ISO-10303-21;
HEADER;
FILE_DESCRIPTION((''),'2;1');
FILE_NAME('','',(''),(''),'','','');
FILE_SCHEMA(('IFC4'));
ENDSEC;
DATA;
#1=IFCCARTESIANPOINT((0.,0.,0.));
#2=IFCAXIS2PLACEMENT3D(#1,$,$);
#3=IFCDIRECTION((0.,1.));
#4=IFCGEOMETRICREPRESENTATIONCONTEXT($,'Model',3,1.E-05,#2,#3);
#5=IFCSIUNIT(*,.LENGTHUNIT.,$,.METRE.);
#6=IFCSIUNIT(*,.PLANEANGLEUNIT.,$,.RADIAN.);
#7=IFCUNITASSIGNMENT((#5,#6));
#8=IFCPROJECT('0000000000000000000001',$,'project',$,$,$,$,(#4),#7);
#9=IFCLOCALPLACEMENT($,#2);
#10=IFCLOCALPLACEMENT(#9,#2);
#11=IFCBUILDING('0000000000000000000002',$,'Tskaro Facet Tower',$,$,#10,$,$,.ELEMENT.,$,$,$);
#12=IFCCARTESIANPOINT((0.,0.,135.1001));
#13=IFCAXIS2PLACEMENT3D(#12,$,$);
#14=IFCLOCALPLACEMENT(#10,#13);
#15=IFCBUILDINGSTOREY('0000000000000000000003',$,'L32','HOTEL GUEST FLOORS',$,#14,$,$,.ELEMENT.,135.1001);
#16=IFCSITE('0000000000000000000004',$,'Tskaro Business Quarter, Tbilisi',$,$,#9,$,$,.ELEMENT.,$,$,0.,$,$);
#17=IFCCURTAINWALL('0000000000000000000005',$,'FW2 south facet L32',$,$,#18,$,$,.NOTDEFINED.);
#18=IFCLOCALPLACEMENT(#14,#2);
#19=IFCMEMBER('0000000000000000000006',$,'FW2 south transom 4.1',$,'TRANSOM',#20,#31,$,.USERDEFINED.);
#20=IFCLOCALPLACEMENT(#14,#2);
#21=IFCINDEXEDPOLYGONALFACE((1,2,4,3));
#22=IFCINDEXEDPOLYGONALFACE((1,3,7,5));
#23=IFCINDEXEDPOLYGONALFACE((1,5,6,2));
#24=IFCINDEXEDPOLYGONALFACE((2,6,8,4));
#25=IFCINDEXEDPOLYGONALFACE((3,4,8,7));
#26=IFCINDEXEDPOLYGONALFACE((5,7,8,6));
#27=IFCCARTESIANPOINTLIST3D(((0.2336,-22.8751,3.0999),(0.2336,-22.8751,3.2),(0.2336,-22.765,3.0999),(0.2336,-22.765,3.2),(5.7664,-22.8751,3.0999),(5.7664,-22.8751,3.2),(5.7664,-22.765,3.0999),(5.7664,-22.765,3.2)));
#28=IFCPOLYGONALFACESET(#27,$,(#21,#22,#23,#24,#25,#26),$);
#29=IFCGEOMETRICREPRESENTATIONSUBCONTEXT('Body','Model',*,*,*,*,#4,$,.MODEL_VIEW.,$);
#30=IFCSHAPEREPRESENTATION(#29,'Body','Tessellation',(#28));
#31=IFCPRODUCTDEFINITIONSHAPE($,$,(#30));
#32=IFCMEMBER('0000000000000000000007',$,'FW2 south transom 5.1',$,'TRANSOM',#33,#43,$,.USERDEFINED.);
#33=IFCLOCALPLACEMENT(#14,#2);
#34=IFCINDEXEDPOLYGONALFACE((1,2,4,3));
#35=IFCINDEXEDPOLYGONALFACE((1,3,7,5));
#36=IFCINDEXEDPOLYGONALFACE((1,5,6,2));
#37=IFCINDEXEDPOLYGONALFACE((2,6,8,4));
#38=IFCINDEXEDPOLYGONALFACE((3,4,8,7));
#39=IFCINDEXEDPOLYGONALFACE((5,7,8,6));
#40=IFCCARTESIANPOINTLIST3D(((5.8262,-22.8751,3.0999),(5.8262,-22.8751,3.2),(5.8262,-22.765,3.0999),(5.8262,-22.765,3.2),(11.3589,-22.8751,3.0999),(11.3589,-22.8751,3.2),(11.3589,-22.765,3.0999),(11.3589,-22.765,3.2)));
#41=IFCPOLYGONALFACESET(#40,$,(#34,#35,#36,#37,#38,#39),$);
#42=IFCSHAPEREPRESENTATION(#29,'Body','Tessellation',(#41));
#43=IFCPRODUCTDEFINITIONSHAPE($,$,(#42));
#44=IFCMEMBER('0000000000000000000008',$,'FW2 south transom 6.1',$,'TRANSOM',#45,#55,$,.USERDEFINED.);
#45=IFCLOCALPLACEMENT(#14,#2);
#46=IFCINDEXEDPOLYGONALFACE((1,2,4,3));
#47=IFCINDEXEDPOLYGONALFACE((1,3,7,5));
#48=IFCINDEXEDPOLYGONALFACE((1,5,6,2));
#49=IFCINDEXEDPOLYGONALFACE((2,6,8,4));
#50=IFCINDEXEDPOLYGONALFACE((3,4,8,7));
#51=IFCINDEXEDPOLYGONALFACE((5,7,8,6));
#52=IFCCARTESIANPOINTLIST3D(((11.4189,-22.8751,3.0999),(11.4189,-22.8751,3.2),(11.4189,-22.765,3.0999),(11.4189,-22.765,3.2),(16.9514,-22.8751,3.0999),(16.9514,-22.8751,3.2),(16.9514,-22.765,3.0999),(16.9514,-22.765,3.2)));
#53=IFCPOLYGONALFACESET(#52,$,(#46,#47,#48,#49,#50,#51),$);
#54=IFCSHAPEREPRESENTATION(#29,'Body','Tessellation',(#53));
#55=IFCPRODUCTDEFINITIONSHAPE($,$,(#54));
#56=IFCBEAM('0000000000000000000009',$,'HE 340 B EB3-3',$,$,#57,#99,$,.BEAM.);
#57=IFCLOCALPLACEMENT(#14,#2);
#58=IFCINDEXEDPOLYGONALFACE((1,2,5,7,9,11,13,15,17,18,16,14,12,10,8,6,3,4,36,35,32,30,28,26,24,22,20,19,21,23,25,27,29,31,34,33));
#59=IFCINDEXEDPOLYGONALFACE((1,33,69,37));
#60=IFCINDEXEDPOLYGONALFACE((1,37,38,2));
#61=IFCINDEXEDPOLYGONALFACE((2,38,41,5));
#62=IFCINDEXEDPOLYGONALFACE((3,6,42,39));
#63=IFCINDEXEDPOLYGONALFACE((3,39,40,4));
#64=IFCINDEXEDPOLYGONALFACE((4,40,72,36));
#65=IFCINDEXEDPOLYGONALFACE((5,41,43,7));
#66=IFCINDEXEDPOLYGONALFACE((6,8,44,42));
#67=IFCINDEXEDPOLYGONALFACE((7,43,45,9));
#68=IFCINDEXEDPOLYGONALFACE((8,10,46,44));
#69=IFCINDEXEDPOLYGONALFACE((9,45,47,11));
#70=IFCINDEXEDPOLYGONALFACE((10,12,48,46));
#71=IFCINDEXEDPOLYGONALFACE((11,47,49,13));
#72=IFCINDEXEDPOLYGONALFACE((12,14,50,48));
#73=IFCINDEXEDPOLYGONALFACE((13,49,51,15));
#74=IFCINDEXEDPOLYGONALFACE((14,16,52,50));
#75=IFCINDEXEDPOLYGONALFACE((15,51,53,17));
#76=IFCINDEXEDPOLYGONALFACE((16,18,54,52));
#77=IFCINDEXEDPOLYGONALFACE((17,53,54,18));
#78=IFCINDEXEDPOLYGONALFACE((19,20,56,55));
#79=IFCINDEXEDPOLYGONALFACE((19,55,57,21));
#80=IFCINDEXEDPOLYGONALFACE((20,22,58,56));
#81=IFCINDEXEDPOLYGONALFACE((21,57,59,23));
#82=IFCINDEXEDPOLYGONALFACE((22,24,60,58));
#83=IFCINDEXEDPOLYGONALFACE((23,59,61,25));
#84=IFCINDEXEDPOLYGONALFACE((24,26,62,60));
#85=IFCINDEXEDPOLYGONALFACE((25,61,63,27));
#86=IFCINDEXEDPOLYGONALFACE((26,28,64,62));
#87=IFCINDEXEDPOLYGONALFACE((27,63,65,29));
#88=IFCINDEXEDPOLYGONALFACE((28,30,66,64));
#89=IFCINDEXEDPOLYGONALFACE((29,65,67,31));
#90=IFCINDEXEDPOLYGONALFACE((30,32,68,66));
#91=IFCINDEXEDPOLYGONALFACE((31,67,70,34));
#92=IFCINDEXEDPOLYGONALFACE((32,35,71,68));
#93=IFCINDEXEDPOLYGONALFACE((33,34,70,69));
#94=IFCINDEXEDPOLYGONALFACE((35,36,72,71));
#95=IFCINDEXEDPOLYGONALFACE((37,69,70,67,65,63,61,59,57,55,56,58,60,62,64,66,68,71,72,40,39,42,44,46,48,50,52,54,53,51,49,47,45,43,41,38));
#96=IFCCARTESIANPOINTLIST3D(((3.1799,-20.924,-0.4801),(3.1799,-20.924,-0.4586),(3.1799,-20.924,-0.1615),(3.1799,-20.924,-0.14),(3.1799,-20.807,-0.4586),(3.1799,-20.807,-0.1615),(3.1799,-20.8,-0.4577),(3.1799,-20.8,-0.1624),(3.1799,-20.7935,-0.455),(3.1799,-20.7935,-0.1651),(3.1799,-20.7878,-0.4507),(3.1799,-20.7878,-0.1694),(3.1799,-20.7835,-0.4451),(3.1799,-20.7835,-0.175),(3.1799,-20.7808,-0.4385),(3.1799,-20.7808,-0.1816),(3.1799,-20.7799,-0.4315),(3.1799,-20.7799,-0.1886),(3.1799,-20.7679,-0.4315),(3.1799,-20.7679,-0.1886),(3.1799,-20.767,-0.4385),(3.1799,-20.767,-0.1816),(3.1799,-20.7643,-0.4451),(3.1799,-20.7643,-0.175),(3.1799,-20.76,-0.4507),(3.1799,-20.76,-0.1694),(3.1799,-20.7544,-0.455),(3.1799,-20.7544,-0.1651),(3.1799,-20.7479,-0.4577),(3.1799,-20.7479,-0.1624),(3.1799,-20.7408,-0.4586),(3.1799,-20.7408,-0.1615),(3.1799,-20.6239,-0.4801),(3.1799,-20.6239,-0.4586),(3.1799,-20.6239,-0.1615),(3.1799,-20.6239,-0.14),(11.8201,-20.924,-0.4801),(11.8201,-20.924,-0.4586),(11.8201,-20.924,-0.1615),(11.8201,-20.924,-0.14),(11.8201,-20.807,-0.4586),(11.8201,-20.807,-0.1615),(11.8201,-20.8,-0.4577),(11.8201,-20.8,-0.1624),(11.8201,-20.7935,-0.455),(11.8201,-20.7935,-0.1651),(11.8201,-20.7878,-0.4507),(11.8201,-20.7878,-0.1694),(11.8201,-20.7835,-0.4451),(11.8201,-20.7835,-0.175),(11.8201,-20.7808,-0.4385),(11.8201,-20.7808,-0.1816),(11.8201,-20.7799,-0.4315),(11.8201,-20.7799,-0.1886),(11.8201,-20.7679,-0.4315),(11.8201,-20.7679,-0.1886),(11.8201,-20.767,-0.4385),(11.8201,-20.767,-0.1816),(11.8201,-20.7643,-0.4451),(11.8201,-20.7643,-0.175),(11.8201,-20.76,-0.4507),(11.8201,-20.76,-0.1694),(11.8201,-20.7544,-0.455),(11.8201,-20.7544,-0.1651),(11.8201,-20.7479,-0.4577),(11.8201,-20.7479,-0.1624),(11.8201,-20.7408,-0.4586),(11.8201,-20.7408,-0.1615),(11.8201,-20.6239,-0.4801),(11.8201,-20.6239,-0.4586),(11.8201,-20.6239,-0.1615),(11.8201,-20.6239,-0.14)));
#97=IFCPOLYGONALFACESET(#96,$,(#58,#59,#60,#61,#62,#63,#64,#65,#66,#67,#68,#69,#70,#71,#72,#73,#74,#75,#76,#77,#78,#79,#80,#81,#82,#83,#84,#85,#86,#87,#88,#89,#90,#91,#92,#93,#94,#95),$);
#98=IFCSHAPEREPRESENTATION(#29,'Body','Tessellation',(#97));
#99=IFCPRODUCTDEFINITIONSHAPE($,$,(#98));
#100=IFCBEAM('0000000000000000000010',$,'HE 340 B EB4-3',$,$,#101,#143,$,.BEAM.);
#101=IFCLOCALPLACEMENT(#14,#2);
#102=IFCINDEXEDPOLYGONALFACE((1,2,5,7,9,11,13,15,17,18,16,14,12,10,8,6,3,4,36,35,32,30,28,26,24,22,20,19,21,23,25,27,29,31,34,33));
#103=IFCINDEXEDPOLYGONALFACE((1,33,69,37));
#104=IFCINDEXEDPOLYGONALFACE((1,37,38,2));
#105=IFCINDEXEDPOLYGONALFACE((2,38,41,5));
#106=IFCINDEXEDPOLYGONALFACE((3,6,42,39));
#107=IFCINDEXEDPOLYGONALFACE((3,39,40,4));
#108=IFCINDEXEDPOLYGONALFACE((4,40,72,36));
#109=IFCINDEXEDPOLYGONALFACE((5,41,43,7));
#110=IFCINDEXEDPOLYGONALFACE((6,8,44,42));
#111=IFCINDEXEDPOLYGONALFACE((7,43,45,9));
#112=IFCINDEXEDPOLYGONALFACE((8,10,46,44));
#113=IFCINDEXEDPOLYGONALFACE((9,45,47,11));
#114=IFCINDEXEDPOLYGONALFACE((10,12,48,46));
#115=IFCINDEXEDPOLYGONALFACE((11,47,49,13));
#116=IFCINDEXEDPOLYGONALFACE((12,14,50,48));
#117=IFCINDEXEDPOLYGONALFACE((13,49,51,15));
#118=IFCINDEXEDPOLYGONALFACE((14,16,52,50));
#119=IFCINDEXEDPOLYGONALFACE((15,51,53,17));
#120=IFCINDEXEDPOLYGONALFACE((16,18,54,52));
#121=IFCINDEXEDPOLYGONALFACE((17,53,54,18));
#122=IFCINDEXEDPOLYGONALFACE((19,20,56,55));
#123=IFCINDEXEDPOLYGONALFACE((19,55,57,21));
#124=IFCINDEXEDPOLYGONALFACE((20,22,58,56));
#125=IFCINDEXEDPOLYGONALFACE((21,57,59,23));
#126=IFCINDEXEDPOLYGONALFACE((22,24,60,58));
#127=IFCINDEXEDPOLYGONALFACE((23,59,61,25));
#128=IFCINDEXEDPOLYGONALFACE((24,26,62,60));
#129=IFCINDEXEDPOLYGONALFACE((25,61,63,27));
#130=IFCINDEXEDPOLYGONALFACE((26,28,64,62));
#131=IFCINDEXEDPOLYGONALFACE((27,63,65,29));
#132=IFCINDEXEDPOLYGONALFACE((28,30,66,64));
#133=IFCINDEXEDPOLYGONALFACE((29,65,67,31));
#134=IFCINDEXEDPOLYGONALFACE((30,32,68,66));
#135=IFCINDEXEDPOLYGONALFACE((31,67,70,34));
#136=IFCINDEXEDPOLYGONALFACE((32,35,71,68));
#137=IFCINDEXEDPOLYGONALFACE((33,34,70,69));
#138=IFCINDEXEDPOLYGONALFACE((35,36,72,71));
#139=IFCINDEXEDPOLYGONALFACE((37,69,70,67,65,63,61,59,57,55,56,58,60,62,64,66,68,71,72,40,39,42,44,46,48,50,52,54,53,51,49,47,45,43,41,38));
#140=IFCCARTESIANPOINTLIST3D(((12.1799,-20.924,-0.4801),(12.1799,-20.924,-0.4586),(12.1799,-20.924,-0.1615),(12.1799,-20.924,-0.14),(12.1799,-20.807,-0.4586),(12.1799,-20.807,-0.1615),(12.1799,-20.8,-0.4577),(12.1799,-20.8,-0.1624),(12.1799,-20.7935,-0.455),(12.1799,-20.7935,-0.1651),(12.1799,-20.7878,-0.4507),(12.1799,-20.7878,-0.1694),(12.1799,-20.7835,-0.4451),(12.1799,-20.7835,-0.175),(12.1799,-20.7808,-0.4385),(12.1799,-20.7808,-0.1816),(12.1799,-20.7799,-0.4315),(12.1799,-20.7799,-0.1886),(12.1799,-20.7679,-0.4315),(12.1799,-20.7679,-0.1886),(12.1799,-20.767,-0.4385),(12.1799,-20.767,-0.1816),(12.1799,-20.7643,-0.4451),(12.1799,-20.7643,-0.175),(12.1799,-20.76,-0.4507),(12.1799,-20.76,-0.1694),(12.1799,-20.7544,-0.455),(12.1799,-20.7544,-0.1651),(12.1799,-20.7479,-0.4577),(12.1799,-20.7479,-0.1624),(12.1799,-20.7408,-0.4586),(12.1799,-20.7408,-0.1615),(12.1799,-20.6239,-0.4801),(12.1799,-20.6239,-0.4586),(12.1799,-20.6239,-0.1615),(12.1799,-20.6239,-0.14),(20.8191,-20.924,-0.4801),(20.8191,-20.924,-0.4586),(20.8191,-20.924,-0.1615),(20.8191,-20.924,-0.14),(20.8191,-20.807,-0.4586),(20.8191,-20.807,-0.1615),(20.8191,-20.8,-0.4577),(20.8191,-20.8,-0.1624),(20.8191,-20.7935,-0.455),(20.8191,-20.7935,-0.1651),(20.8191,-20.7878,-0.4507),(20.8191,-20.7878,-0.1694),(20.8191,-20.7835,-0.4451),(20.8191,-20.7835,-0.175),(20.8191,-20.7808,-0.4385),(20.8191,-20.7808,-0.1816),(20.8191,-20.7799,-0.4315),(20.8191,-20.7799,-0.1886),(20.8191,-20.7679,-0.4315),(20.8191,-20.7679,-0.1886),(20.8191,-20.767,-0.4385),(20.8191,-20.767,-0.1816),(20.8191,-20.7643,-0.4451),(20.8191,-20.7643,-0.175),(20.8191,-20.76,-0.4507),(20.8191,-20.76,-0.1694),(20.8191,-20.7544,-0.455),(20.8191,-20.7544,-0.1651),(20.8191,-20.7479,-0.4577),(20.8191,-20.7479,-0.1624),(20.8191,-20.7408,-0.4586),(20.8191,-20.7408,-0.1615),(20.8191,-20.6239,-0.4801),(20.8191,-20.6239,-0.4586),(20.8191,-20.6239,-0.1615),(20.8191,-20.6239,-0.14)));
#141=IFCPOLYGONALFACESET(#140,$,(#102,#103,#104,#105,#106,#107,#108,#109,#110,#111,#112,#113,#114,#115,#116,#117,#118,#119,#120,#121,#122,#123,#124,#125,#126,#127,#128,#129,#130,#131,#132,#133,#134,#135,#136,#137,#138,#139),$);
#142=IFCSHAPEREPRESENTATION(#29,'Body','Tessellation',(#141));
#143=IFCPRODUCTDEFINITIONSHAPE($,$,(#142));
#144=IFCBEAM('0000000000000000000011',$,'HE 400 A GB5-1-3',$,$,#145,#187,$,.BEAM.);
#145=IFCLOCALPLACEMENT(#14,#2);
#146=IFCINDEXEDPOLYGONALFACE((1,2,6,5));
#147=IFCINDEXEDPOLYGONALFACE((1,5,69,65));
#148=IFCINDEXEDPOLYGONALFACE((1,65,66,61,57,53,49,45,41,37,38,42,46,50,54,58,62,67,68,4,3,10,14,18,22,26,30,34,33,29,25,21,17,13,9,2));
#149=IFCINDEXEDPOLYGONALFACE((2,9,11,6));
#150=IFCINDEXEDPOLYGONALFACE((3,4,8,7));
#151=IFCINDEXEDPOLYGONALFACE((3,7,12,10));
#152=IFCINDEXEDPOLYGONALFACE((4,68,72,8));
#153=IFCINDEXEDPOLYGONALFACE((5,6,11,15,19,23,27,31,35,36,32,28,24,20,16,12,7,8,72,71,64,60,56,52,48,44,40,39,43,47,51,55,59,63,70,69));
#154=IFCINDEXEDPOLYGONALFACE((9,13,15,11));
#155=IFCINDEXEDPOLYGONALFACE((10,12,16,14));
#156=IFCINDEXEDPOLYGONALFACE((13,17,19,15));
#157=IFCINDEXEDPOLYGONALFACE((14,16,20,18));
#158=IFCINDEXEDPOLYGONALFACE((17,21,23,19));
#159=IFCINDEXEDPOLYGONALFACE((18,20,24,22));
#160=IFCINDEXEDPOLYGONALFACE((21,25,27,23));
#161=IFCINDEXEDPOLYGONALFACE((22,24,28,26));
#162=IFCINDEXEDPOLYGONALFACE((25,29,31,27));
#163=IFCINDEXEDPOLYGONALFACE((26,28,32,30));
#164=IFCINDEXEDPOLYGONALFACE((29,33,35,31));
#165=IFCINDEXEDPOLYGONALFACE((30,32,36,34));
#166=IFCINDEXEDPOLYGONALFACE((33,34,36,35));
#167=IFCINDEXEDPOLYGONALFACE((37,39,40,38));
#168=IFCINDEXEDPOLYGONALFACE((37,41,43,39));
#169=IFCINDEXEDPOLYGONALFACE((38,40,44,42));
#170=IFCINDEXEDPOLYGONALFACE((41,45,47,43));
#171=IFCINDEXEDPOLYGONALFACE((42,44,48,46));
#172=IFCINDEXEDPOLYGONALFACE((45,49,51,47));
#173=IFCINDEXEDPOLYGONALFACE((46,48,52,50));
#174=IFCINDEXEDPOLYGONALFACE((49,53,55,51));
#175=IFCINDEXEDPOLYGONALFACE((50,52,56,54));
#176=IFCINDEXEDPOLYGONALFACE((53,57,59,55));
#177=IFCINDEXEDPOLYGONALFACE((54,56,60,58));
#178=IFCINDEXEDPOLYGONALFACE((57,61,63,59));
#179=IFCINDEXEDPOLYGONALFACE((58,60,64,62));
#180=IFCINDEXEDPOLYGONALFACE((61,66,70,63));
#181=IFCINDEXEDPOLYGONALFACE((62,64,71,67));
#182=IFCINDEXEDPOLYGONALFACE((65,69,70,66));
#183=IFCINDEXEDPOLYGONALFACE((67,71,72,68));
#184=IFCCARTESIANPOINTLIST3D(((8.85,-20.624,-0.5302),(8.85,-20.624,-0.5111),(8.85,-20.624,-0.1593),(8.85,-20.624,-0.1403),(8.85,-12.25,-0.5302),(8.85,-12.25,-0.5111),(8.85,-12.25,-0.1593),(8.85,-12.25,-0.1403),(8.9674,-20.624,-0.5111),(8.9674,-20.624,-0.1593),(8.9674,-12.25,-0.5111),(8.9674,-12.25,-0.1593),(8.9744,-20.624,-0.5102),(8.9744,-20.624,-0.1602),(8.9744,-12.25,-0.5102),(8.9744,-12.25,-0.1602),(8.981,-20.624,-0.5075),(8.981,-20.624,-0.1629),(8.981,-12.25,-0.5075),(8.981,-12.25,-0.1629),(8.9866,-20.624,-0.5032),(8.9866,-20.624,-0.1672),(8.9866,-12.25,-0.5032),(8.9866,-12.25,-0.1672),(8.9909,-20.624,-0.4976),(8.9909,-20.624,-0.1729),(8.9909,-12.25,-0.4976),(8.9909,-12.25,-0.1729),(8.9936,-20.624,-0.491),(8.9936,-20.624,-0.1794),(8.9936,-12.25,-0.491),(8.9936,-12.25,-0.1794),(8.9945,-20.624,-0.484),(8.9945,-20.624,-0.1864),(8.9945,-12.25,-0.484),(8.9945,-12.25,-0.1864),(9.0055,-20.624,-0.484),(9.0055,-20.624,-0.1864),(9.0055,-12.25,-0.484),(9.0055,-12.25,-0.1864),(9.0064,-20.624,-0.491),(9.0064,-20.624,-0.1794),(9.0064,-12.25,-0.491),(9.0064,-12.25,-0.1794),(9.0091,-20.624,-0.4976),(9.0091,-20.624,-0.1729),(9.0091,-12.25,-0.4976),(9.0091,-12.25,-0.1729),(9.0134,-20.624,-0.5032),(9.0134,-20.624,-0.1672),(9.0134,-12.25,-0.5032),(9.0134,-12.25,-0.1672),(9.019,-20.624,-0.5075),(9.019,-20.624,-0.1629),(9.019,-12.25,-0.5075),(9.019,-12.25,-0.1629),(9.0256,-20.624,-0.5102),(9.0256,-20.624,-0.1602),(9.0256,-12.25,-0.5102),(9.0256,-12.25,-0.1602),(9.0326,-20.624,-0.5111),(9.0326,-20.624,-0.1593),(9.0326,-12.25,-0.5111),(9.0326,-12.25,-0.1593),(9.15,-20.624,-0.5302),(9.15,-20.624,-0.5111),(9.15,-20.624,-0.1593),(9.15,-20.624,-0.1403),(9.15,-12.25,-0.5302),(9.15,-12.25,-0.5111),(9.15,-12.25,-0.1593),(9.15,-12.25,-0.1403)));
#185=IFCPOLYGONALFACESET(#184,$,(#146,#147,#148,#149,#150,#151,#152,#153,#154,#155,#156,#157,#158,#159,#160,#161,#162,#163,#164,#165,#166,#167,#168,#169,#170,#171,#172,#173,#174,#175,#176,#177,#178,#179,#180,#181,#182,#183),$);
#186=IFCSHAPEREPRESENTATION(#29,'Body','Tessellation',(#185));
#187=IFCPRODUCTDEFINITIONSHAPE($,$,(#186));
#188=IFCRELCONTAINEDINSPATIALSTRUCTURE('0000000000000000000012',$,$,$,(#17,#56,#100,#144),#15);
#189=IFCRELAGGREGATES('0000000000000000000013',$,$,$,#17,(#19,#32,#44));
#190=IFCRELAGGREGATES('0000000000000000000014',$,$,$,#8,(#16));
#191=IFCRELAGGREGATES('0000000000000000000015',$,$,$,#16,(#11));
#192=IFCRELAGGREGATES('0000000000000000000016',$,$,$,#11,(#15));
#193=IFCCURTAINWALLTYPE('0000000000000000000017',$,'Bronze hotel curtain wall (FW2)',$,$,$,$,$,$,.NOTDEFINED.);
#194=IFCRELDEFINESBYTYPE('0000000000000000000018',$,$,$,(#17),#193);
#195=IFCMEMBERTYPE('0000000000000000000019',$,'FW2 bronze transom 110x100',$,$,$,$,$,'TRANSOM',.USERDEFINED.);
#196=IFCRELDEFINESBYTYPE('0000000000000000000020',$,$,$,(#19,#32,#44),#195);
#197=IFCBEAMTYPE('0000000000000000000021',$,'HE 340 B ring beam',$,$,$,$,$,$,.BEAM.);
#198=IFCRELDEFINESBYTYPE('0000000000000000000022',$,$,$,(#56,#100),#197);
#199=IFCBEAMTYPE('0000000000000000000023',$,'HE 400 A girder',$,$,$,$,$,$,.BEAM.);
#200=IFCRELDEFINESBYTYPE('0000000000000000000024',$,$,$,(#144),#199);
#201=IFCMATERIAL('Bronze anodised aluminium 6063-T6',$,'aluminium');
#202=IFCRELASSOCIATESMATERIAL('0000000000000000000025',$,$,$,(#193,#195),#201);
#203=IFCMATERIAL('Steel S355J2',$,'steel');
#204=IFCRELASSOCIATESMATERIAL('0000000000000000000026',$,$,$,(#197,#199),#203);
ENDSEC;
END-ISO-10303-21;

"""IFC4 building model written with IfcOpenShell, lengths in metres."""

from ifc_helpers import new_model, si_unit, direction, frame, origin, origin_2d, place, context, subcontext, project, spatial, rectangle, i_section, extrude, material, material_profile, profile_set, type_object, element, aggregate, save


model = new_model("IFC4")

# Units and contexts
model_context = context("Model", 3, precision=1e-05, world=origin(), true_north=direction((0.0, 1.0)))
body_context = subcontext(model_context, "Body", "Model", "MODEL_VIEW")
ifc_project = project(units=[si_unit("LENGTHUNIT", "METRE"), si_unit("PLANEANGLEUNIT", "RADIAN")], contexts=[model_context])

# Site, building, storey
site_placement = place(None, origin())
site = spatial("IfcSite", under=ifc_project, at=site_placement, Name="Tskaro Business Quarter, Tbilisi", CompositionType="ELEMENT", RefElevation=0.0)
building_placement = place(site_placement, origin())
building = spatial("IfcBuilding", under=site, at=building_placement, Name="Tskaro Facet Tower", CompositionType="ELEMENT")
storey_placement = place(building_placement, frame((0.0, 0.0, 135.1001)))
storey = spatial("IfcBuildingStorey", under=building, at=storey_placement, Name="L32", Description="HOTEL GUEST FLOORS", CompositionType="ELEMENT", Elevation=135.1001)

# Curtain wall, members
ifc_material_1 = material(Name="Bronze anodised aluminium 6063-T6", Category="aluminium")
curtain_wall_type = type_object("IfcCurtainWallType", Name="Bronze hotel curtain wall (FW2)", PredefinedType="NOTDEFINED", material=ifc_material_1)
curtain_wall_placement = place(storey_placement, origin())
curtain_wall = element("IfcCurtainWall", 1, at=curtain_wall_placement, inside=storey, type_object=curtain_wall_type, Name="FW2 south facet L32", PredefinedType="NOTDEFINED")
ifc_material_profile_1 = material_profile(ifc_material_1, rectangle(XDim=0.1101, YDim=0.1001, at=origin_2d()), Name="Transom 110x100")
ifc_profile_set_1 = profile_set([ifc_material_profile_1], Name="Bronze anodised aluminium 6063-T6")
member_type_1 = type_object("IfcMemberType", Name="FW2 bronze transom 110x100", ElementType="TRANSOM", PredefinedType="USERDEFINED", material=ifc_profile_set_1)
member_1_placement = place(storey_placement, frame((0.2336, -22.8201, 3.1499), z_axis=(1.0, 0.0, 0.0), x_axis=(0.0, 1.0, 0.0)))
member_1 = element("IfcMember", 2, at=member_1_placement, type_object=member_type_1, Name="FW2 south transom 4.1", ObjectType="TRANSOM", PredefinedType="USERDEFINED", context=body_context, shape_type="SweptSolid", body=[
    extrude(rectangle(XDim=0.1101, YDim=0.1001, at=origin_2d()), origin(), (0.0, 0.0, 1.0), 5.5327),
])
member_2_placement = place(storey_placement, frame((5.8262, -22.8201, 3.1499), z_axis=(1.0, 0.0, 0.0), x_axis=(0.0, 1.0, 0.0)))
member_2 = element("IfcMember", 3, at=member_2_placement, type_object=member_type_1, Name="FW2 south transom 5.1", ObjectType="TRANSOM", PredefinedType="USERDEFINED", context=body_context, shape_type="SweptSolid", body=[
    extrude(rectangle(XDim=0.1101, YDim=0.1001, at=origin_2d()), origin(), (0.0, 0.0, 1.0), 5.5327),
])
member_3_placement = place(storey_placement, frame((11.4189, -22.8201, 3.1499), z_axis=(1.0, 0.0, 0.0), x_axis=(0.0, 1.0, 0.0)))
member_3 = element("IfcMember", 4, at=member_3_placement, type_object=member_type_1, Name="FW2 south transom 6.1", ObjectType="TRANSOM", PredefinedType="USERDEFINED", context=body_context, shape_type="SweptSolid", body=[
    extrude(rectangle(XDim=0.1101, YDim=0.1001, at=origin_2d()), origin(), (0.0, 0.0, 1.0), 5.5325),
])

# Beams
ifc_material_2 = material(Name="Steel S355J2", Category="steel")
ifc_material_profile_2 = material_profile(ifc_material_2, i_section(OverallWidth=0.3, OverallDepth=0.3401, WebThickness=0.012, FlangeThickness=0.0215, FilletRadius=0.0271, at=origin_2d()), Name="HE 340 B")
ifc_profile_set_2 = profile_set([ifc_material_profile_2], Name="Steel S355J2")
beam_type_1 = type_object("IfcBeamType", Name="HE 340 B ring beam", PredefinedType="BEAM", material=ifc_profile_set_2)
beam_1_placement = place(storey_placement, frame((3.1799, -20.7739, -0.3101), z_axis=(1.0, 0.0, 0.0), x_axis=(0.0, 1.0, 0.0)))
element("IfcBeam", 5, at=beam_1_placement, inside=storey, type_object=beam_type_1, Name="HE 340 B EB3-3", PredefinedType="BEAM", context=body_context, shape_type="SweptSolid", body=[
    extrude(i_section(OverallWidth=0.3, OverallDepth=0.3401, WebThickness=0.012, FlangeThickness=0.0215, FilletRadius=0.0271, at=origin_2d()), origin(), (0.0, 0.0, 1.0), 8.6401),
])
beam_2_placement = place(storey_placement, frame((12.1799, -20.7739, -0.3101), z_axis=(1.0, 0.0, 0.0), x_axis=(0.0, 1.0, 0.0)))
element("IfcBeam", 6, at=beam_2_placement, inside=storey, type_object=beam_type_1, Name="HE 340 B EB4-3", PredefinedType="BEAM", context=body_context, shape_type="SweptSolid", body=[
    extrude(i_section(OverallWidth=0.3, OverallDepth=0.3401, WebThickness=0.012, FlangeThickness=0.0215, FilletRadius=0.0271, at=origin_2d()), origin(), (0.0, 0.0, 1.0), 8.6392),
])
ifc_material_profile_3 = material_profile(ifc_material_2, i_section(OverallWidth=0.3, OverallDepth=0.3899, WebThickness=0.011, FlangeThickness=0.019, FilletRadius=0.0271, at=origin_2d()), Name="HE 400 A")
ifc_profile_set_3 = profile_set([ifc_material_profile_3], Name="Steel S355J2")
beam_type_2 = type_object("IfcBeamType", Name="HE 400 A girder", PredefinedType="BEAM", material=ifc_profile_set_3)
beam_3_placement = place(storey_placement, frame((9.0, -20.624, -0.3352), z_axis=(0.0, 1.0, 0.0), x_axis=(-1.0, 0.0, 0.0)))
element("IfcBeam", 7, at=beam_3_placement, inside=storey, type_object=beam_type_2, Name="HE 400 A GB5-1-3", PredefinedType="BEAM", context=body_context, shape_type="SweptSolid", body=[
    extrude(i_section(OverallWidth=0.3, OverallDepth=0.3899, WebThickness=0.011, FlangeThickness=0.019, FilletRadius=0.0271, at=origin_2d()), origin(), (0.0, 0.0, 1.0), 8.374),
])

aggregate(curtain_wall, [member_1, member_2, member_3])

save(model, "model.ifc")
